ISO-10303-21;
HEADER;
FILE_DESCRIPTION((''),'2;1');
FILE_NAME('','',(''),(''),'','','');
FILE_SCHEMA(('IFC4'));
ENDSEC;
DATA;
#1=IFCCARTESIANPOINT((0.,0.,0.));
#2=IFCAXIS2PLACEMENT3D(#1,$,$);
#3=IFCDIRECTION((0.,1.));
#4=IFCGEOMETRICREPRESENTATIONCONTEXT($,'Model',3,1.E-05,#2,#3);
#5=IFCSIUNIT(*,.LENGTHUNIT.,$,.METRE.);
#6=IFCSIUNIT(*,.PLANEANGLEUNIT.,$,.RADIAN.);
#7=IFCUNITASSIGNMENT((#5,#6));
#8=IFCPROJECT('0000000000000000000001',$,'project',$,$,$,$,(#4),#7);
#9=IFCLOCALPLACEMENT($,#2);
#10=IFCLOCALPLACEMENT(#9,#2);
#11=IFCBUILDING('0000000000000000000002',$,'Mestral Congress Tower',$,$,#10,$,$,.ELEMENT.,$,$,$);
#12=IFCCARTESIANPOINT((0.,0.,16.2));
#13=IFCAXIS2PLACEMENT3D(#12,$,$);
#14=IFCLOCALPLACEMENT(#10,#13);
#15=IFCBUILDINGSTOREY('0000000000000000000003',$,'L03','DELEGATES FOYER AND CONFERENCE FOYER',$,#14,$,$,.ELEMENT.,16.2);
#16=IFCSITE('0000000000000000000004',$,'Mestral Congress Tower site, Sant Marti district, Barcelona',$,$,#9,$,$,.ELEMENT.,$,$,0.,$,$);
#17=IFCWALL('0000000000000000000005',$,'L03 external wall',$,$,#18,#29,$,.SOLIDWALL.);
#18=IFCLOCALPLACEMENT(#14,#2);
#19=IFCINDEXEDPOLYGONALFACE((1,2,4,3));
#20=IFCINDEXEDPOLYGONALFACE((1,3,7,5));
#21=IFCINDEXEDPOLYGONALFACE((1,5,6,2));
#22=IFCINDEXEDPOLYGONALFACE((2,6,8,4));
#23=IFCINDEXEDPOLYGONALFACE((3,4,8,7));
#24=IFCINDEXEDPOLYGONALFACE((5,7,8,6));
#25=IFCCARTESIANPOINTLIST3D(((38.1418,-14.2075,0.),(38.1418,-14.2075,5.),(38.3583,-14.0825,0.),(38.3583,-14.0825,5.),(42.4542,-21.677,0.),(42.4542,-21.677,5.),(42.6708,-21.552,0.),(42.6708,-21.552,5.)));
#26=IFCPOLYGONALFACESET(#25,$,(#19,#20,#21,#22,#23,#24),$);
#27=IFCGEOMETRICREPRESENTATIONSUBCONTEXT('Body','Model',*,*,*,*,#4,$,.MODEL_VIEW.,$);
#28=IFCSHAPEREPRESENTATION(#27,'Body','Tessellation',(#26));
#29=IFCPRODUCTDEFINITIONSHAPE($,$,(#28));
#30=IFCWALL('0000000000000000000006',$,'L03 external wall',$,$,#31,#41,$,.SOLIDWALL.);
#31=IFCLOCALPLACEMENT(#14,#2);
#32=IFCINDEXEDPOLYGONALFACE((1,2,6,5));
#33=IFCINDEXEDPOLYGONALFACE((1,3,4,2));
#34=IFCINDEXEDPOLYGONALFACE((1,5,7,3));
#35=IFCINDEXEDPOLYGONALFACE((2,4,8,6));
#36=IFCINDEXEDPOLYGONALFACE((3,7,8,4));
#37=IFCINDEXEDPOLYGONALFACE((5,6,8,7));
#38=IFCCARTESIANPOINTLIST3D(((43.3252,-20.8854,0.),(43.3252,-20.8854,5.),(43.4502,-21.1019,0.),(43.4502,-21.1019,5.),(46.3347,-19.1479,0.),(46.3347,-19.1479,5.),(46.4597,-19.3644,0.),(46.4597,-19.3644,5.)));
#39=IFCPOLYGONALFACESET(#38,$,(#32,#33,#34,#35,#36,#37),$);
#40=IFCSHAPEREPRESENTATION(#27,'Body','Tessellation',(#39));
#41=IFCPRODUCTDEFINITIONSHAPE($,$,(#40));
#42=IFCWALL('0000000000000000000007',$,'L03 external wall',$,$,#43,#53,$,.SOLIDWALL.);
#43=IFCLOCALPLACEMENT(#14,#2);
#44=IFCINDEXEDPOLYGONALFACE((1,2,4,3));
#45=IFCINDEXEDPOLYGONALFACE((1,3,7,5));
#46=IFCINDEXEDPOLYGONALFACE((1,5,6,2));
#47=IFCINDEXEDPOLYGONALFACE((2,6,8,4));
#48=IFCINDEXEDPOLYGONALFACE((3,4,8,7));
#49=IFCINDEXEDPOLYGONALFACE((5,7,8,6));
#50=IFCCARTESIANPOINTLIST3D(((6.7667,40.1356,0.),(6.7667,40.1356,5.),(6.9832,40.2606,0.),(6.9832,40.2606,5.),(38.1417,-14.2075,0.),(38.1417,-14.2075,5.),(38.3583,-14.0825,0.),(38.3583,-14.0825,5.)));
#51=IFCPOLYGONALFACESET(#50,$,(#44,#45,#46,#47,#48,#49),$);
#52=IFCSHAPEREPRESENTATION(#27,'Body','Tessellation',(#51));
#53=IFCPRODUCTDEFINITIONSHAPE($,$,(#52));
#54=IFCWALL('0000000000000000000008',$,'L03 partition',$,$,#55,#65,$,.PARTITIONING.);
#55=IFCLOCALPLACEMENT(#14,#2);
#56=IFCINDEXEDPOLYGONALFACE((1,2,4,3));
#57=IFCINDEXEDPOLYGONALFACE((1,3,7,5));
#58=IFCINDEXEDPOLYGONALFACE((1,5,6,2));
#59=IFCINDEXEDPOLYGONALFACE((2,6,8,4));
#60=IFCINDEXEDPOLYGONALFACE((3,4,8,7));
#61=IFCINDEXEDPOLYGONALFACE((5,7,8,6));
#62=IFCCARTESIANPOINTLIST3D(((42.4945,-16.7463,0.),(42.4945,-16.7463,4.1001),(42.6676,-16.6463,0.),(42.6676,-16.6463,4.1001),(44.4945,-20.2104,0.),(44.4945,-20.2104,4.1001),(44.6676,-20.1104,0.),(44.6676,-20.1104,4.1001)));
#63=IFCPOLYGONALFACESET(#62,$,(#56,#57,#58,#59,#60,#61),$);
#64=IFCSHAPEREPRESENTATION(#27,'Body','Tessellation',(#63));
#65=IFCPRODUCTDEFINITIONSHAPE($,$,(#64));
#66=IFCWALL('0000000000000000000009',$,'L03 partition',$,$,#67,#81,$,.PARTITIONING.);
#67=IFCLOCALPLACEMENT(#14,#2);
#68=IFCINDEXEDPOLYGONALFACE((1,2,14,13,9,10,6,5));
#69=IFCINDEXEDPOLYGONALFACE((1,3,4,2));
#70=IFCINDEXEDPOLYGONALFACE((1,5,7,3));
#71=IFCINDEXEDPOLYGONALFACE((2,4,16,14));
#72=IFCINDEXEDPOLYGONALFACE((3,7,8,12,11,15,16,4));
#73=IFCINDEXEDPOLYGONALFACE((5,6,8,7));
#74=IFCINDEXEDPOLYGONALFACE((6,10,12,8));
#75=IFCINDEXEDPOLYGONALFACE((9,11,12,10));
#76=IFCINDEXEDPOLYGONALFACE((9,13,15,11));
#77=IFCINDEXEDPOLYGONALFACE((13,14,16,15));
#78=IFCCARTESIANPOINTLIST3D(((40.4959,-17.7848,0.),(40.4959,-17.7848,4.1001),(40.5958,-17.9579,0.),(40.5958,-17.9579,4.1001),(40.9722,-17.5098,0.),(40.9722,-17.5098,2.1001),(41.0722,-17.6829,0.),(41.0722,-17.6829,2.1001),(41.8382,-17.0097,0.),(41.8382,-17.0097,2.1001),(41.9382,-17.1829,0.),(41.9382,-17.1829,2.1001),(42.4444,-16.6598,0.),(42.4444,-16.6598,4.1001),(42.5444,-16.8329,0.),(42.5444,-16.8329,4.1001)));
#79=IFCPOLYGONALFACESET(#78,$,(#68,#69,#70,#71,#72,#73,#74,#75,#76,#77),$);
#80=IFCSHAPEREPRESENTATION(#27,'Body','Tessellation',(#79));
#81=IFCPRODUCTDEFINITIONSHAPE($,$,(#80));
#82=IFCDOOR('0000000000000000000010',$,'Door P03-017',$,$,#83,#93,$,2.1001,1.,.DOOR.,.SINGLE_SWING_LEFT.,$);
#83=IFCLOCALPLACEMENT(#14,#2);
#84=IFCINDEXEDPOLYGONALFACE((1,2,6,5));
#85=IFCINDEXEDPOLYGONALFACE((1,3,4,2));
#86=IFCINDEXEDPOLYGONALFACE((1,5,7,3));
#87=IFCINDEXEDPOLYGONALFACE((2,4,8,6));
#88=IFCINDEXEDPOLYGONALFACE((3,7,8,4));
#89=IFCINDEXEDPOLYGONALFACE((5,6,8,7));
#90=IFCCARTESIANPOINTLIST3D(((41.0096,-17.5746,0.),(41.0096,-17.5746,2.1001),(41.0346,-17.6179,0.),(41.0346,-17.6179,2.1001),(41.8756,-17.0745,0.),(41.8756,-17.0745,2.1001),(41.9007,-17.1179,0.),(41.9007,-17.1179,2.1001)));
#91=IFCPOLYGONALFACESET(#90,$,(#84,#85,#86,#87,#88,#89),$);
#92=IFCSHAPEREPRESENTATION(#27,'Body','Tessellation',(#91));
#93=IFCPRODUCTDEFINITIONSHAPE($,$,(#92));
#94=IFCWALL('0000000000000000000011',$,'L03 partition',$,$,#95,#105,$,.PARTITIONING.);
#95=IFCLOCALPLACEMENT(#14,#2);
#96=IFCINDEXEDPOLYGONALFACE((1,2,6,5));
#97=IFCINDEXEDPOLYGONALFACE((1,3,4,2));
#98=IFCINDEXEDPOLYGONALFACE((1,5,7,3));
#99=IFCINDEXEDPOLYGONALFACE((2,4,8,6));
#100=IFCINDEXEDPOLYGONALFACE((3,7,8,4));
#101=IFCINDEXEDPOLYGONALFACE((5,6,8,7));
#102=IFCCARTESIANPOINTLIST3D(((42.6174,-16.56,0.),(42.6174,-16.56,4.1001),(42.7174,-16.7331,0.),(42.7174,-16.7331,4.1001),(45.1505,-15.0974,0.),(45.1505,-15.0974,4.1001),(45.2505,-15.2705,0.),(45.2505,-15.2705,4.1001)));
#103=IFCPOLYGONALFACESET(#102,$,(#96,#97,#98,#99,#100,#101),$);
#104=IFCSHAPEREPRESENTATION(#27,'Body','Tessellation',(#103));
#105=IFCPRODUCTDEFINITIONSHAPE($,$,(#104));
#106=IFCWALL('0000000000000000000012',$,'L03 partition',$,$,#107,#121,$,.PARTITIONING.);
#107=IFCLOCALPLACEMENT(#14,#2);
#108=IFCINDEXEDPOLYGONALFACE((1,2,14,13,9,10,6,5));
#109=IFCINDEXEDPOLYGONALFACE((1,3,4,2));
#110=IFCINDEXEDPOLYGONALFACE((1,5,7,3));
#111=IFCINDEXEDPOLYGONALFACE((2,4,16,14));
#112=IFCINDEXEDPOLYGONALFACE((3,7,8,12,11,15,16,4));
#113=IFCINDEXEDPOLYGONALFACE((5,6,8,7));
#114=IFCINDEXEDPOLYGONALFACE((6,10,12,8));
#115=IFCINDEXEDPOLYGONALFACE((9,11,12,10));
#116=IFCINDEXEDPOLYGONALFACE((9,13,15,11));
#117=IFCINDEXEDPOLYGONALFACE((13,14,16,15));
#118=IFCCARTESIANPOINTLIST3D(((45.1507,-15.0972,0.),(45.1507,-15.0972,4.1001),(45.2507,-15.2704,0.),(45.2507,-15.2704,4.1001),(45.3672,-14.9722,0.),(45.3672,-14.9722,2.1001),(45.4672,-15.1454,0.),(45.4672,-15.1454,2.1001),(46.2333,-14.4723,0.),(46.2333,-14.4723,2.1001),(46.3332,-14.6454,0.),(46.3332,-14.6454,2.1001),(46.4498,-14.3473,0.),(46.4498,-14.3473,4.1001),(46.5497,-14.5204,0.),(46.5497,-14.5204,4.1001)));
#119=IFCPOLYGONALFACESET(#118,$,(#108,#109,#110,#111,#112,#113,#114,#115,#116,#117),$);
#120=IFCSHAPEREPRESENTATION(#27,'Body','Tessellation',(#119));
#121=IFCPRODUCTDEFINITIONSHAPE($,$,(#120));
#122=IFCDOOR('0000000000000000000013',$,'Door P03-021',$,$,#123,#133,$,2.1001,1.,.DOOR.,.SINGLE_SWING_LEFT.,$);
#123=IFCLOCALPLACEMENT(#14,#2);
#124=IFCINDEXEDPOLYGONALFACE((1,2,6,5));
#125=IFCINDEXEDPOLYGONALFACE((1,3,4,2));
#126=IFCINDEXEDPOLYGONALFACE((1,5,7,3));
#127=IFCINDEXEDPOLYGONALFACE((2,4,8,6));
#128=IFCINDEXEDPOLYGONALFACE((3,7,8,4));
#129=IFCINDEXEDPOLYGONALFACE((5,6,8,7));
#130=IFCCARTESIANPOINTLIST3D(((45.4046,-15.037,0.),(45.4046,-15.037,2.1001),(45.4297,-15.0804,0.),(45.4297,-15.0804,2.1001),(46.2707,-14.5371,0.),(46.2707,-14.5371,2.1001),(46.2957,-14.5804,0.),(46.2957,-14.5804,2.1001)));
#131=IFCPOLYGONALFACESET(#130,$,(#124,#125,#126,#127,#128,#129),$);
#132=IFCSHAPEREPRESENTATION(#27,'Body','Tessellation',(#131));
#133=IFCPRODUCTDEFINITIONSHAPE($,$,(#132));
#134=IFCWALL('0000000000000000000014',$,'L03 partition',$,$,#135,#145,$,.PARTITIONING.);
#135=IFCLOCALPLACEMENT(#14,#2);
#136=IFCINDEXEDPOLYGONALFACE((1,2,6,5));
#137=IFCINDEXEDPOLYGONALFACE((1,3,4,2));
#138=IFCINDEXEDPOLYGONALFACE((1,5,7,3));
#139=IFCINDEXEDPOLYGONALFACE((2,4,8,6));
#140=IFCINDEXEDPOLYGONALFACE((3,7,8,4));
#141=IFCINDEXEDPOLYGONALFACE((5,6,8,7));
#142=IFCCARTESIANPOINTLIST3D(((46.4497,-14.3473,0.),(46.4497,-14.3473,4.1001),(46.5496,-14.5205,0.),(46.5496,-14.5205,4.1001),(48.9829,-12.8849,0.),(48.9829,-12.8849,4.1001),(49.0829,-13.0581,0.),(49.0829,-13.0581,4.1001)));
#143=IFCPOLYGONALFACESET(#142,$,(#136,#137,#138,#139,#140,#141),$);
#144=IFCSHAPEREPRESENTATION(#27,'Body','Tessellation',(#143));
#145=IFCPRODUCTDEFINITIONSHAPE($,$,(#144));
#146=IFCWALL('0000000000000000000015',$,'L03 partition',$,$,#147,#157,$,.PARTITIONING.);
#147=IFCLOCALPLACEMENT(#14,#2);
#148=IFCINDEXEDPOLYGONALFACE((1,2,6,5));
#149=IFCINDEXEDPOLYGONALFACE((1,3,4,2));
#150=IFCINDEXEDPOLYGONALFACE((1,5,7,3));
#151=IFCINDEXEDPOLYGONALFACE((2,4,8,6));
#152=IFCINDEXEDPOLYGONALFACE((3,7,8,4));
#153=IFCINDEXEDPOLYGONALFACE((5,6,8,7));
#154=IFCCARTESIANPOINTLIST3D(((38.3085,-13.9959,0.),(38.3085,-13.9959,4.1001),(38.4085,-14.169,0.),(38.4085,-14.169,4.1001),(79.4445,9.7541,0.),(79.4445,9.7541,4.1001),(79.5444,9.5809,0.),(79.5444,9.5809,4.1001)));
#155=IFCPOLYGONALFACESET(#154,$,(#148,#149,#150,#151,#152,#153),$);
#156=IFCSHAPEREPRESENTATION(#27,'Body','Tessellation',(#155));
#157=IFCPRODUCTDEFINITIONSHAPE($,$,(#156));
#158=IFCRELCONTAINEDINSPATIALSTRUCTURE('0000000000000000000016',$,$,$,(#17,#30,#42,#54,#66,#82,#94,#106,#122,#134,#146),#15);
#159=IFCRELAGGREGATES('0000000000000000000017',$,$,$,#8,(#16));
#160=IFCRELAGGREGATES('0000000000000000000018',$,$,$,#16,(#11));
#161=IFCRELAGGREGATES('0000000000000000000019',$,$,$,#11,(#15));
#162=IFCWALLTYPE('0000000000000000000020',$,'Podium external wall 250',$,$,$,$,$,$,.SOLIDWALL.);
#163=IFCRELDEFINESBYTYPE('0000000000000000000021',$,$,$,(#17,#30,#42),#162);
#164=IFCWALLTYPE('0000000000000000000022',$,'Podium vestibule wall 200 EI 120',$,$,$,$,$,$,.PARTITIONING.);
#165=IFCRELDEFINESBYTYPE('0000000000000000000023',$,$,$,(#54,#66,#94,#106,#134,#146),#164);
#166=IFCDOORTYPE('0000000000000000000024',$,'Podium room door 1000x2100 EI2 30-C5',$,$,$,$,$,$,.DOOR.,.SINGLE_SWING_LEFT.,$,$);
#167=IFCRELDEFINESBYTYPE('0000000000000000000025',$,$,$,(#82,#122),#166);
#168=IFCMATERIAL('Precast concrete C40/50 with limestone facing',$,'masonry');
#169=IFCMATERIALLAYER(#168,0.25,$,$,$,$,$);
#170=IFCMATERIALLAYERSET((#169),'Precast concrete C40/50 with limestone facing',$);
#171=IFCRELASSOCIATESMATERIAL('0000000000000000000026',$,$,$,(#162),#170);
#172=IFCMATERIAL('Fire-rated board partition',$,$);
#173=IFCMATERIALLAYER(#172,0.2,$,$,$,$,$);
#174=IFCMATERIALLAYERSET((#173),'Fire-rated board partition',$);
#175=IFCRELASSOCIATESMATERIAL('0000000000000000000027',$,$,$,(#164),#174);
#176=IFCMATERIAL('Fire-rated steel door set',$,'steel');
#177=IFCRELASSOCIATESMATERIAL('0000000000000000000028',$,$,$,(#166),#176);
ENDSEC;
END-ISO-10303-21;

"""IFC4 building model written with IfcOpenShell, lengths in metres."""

from ifc_helpers import new_model, si_unit, direction, frame, frame_2d, origin, place, context, subcontext, project, spatial, rectangle, extrude, material, layer, layer_set, type_object, element, fill, save


model = new_model("IFC4")

# Units and contexts
model_context = context("Model", 3, precision=1e-05, world=origin(), true_north=direction((0.0, 1.0)))
body_context = subcontext(model_context, "Body", "Model", "MODEL_VIEW")
ifc_project = project(units=[si_unit("LENGTHUNIT", "METRE"), si_unit("PLANEANGLEUNIT", "RADIAN")], contexts=[model_context])

# Site, building, storey
site_placement = place(None, origin())
site = spatial("IfcSite", under=ifc_project, at=site_placement, Name="Mestral Congress Tower site, Sant Marti district, Barcelona", CompositionType="ELEMENT", RefElevation=0.0)
building_placement = place(site_placement, origin())
building = spatial("IfcBuilding", under=site, at=building_placement, Name="Mestral Congress Tower", CompositionType="ELEMENT")
storey_placement = place(building_placement, frame((0.0, 0.0, 16.2)))
storey = spatial("IfcBuildingStorey", under=building, at=storey_placement, Name="L03", Description="DELEGATES FOYER AND CONFERENCE FOYER", CompositionType="ELEMENT", Elevation=16.2)

# Walls
ifc_material_1 = material(Name="Precast concrete C40/50 with limestone facing", Category="masonry")
ifc_layer_1 = layer(ifc_material_1, 0.25)
ifc_layer_set_1 = layer_set([ifc_layer_1], Name="Precast concrete C40/50 with limestone facing")
wall_type_1 = type_object("IfcWallType", Name="Podium external wall 250", PredefinedType="SOLIDWALL", material=ifc_layer_set_1)
wall_1_placement = place(storey_placement, frame((42.5625, -21.6145, 0.0), z_axis=(0.0, 0.0, 1.0), x_axis=(-0.499999, 0.866026, 0.0)))
element("IfcWall", 1, at=wall_1_placement, inside=storey, type_object=wall_type_1, Name="L03 external wall", PredefinedType="SOLIDWALL", context=body_context, shape_type="SweptSolid", body=[
    extrude(rectangle(XDim=8.625, YDim=0.25, at=frame_2d((4.3125, 0.0))), origin(), (0.0, 0.0, 1.0), 5.0),
])
wall_2_placement = place(storey_placement, frame((46.3972, -19.2561, 0.0), z_axis=(0.0, 0.0, 1.0), x_axis=(-0.866025, -0.5, 0.0)))
element("IfcWall", 2, at=wall_2_placement, inside=storey, type_object=wall_type_1, Name="L03 external wall", PredefinedType="SOLIDWALL", context=body_context, shape_type="SweptSolid", body=[
    extrude(rectangle(XDim=3.4751, YDim=0.25, at=frame_2d((1.7375, 0.0))), origin(), (0.0, 0.0, 1.0), 5.0),
])
wall_3_placement = place(storey_placement, frame((38.25, -14.145, 0.0), z_axis=(0.0, 0.0, 1.0), x_axis=(-0.500001, 0.866025, 0.0)))
element("IfcWall", 3, at=wall_3_placement, inside=storey, type_object=wall_type_1, Name="L03 external wall", PredefinedType="SOLIDWALL", context=body_context, shape_type="SweptSolid", body=[
    extrude(rectangle(XDim=62.75, YDim=0.25, at=frame_2d((31.375, 0.0))), origin(), (0.0, 0.0, 1.0), 5.0),
])
ifc_material_2 = material(Name="Fire-rated board partition")
ifc_layer_2 = layer(ifc_material_2, 0.2)
ifc_layer_set_2 = layer_set([ifc_layer_2], Name="Fire-rated board partition")
wall_type_2 = type_object("IfcWallType", Name="Podium vestibule wall 200 EI 120", PredefinedType="PARTITIONING", material=ifc_layer_set_2)
wall_4_placement = place(storey_placement, frame((44.5811, -20.1604, 0.0), z_axis=(0.0, 0.0, 1.0), x_axis=(-0.499999, 0.866026, 0.0)))
element("IfcWall", 4, at=wall_4_placement, inside=storey, type_object=wall_type_2, Name="L03 partition", PredefinedType="PARTITIONING", context=body_context, shape_type="SweptSolid", body=[
    extrude(rectangle(XDim=4.0, YDim=0.2, at=frame_2d((2.0, 0.0))), origin(), (0.0, 0.0, 1.0), 4.1001),
])

# Wall, opening, door
wall_5_placement = place(storey_placement, frame((42.4944, -16.7463, 0.0), z_axis=(0.0, 0.0, 1.0), x_axis=(-0.866018, -0.500014, 0.0)))
wall_5 = element("IfcWall", 5, at=wall_5_placement, inside=storey, type_object=wall_type_2, Name="L03 partition", PredefinedType="PARTITIONING", context=body_context, shape_type="SweptSolid", body=[
    extrude(rectangle(XDim=2.25, YDim=0.2, at=frame_2d((1.125, 0.0))), origin(), (0.0, 0.0, 1.0), 4.1001),
])
opening_1_placement = place(wall_5_placement, frame((0.7, 0.0, 0.0)))
opening_1 = element("IfcOpeningElement", 6, at=opening_1_placement, cuts=wall_5, PredefinedType="OPENING", context=body_context, shape_type="SweptSolid", body=[
    extrude(rectangle(XDim=1.0, YDim=2.1001, at=frame_2d((0.5, 1.05))), frame((0.0, 0.1099, 0.0), z_axis=(0.0, -1.0, 0.0), x_axis=(1.0, 0.0, 0.0)), (0.0, 0.0, 1.0), 0.22),
])
ifc_material_3 = material(Name="Fire-rated steel door set", Category="steel")
door_type = type_object("IfcDoorType", Name="Podium room door 1000x2100 EI2 30-C5", OperationType="SINGLE_SWING_LEFT", PredefinedType="DOOR", material=ifc_material_3)
door_1_placement = place(opening_1_placement, origin())
door_1 = element("IfcDoor", 7, at=door_1_placement, inside=storey, type_object=door_type, Name="Door P03-017", OperationType="SINGLE_SWING_LEFT", OverallHeight=2.1001, OverallWidth=1.0, PredefinedType="DOOR", context=body_context, shape_type="SweptSolid", body=[
    extrude(rectangle(XDim=1.0, YDim=2.1001, at=frame_2d((0.5, 1.05))), frame((0.0, 0.0249, 0.0), z_axis=(0.0, -1.0, 0.0), x_axis=(1.0, 0.0, 0.0)), (0.0, 0.0, 1.0), 0.05),
])
fill(opening_1, door_1)

# Wall
wall_6_placement = place(storey_placement, frame((42.6675, -16.6465, 0.0), z_axis=(0.0, 0.0, 1.0), x_axis=(0.86601, 0.500026, 0.0)))
element("IfcWall", 8, at=wall_6_placement, inside=storey, type_object=wall_type_2, Name="L03 partition", PredefinedType="PARTITIONING", context=body_context, shape_type="SweptSolid", body=[
    extrude(rectangle(XDim=2.925, YDim=0.2, at=frame_2d((1.4624, 0.0))), origin(), (0.0, 0.0, 1.0), 4.1001),
])

# Wall, opening, door
wall_7_placement = place(storey_placement, frame((46.4998, -14.4338, 0.0), z_axis=(0.0, 0.0, 1.0), x_axis=(-0.866031, -0.49999, 0.0)))
wall_7 = element("IfcWall", 9, at=wall_7_placement, inside=storey, type_object=wall_type_2, Name="L03 partition", PredefinedType="PARTITIONING", context=body_context, shape_type="SweptSolid", body=[
    extrude(rectangle(XDim=1.5, YDim=0.2, at=frame_2d((0.75, 0.0))), origin(), (0.0, 0.0, 1.0), 4.1001),
])
opening_2_placement = place(wall_7_placement, frame((0.25, 0.0, 0.0)))
opening_2 = element("IfcOpeningElement", 10, at=opening_2_placement, cuts=wall_7, PredefinedType="OPENING", context=body_context, shape_type="SweptSolid", body=[
    extrude(rectangle(XDim=1.0, YDim=2.1001, at=frame_2d((0.5, 1.05))), frame((0.0, 0.1099, 0.0), z_axis=(0.0, -1.0, 0.0), x_axis=(1.0, 0.0, 0.0)), (0.0, 0.0, 1.0), 0.22),
])
door_2_placement = place(opening_2_placement, origin())
door_2 = element("IfcDoor", 11, at=door_2_placement, inside=storey, type_object=door_type, Name="Door P03-021", OperationType="SINGLE_SWING_LEFT", OverallHeight=2.1001, OverallWidth=1.0, PredefinedType="DOOR", context=body_context, shape_type="SweptSolid", body=[
    extrude(rectangle(XDim=1.0, YDim=2.1001, at=frame_2d((0.5, 1.05))), frame((0.0, 0.0249, 0.0), z_axis=(0.0, -1.0, 0.0), x_axis=(1.0, 0.0, 0.0)), (0.0, 0.0, 1.0), 0.05),
])
fill(opening_2, door_2)

# Walls
wall_8_placement = place(storey_placement, frame((46.4998, -14.4338, 0.0), z_axis=(0.0, 0.0, 1.0), x_axis=(0.866047, 0.499963, 0.0)))
element("IfcWall", 12, at=wall_8_placement, inside=storey, type_object=wall_type_2, Name="L03 partition", PredefinedType="PARTITIONING", context=body_context, shape_type="SweptSolid", body=[
    extrude(rectangle(XDim=2.925, YDim=0.2, at=frame_2d((1.4624, 0.0))), origin(), (0.0, 0.0, 1.0), 4.1001),
])
wall_9_placement = place(storey_placement, frame((38.3584, -14.0825, 0.0), z_axis=(0.0, 0.0, 1.0), x_axis=(0.866024, 0.500002, 0.0)))
element("IfcWall", 13, at=wall_9_placement, inside=storey, type_object=wall_type_2, Name="L03 partition", PredefinedType="PARTITIONING", context=body_context, shape_type="SweptSolid", body=[
    extrude(rectangle(XDim=47.4998, YDim=0.2, at=frame_2d((23.75, 0.0))), origin(), (0.0, 0.0, 1.0), 4.1001),
])

save(model, "model.ifc")
